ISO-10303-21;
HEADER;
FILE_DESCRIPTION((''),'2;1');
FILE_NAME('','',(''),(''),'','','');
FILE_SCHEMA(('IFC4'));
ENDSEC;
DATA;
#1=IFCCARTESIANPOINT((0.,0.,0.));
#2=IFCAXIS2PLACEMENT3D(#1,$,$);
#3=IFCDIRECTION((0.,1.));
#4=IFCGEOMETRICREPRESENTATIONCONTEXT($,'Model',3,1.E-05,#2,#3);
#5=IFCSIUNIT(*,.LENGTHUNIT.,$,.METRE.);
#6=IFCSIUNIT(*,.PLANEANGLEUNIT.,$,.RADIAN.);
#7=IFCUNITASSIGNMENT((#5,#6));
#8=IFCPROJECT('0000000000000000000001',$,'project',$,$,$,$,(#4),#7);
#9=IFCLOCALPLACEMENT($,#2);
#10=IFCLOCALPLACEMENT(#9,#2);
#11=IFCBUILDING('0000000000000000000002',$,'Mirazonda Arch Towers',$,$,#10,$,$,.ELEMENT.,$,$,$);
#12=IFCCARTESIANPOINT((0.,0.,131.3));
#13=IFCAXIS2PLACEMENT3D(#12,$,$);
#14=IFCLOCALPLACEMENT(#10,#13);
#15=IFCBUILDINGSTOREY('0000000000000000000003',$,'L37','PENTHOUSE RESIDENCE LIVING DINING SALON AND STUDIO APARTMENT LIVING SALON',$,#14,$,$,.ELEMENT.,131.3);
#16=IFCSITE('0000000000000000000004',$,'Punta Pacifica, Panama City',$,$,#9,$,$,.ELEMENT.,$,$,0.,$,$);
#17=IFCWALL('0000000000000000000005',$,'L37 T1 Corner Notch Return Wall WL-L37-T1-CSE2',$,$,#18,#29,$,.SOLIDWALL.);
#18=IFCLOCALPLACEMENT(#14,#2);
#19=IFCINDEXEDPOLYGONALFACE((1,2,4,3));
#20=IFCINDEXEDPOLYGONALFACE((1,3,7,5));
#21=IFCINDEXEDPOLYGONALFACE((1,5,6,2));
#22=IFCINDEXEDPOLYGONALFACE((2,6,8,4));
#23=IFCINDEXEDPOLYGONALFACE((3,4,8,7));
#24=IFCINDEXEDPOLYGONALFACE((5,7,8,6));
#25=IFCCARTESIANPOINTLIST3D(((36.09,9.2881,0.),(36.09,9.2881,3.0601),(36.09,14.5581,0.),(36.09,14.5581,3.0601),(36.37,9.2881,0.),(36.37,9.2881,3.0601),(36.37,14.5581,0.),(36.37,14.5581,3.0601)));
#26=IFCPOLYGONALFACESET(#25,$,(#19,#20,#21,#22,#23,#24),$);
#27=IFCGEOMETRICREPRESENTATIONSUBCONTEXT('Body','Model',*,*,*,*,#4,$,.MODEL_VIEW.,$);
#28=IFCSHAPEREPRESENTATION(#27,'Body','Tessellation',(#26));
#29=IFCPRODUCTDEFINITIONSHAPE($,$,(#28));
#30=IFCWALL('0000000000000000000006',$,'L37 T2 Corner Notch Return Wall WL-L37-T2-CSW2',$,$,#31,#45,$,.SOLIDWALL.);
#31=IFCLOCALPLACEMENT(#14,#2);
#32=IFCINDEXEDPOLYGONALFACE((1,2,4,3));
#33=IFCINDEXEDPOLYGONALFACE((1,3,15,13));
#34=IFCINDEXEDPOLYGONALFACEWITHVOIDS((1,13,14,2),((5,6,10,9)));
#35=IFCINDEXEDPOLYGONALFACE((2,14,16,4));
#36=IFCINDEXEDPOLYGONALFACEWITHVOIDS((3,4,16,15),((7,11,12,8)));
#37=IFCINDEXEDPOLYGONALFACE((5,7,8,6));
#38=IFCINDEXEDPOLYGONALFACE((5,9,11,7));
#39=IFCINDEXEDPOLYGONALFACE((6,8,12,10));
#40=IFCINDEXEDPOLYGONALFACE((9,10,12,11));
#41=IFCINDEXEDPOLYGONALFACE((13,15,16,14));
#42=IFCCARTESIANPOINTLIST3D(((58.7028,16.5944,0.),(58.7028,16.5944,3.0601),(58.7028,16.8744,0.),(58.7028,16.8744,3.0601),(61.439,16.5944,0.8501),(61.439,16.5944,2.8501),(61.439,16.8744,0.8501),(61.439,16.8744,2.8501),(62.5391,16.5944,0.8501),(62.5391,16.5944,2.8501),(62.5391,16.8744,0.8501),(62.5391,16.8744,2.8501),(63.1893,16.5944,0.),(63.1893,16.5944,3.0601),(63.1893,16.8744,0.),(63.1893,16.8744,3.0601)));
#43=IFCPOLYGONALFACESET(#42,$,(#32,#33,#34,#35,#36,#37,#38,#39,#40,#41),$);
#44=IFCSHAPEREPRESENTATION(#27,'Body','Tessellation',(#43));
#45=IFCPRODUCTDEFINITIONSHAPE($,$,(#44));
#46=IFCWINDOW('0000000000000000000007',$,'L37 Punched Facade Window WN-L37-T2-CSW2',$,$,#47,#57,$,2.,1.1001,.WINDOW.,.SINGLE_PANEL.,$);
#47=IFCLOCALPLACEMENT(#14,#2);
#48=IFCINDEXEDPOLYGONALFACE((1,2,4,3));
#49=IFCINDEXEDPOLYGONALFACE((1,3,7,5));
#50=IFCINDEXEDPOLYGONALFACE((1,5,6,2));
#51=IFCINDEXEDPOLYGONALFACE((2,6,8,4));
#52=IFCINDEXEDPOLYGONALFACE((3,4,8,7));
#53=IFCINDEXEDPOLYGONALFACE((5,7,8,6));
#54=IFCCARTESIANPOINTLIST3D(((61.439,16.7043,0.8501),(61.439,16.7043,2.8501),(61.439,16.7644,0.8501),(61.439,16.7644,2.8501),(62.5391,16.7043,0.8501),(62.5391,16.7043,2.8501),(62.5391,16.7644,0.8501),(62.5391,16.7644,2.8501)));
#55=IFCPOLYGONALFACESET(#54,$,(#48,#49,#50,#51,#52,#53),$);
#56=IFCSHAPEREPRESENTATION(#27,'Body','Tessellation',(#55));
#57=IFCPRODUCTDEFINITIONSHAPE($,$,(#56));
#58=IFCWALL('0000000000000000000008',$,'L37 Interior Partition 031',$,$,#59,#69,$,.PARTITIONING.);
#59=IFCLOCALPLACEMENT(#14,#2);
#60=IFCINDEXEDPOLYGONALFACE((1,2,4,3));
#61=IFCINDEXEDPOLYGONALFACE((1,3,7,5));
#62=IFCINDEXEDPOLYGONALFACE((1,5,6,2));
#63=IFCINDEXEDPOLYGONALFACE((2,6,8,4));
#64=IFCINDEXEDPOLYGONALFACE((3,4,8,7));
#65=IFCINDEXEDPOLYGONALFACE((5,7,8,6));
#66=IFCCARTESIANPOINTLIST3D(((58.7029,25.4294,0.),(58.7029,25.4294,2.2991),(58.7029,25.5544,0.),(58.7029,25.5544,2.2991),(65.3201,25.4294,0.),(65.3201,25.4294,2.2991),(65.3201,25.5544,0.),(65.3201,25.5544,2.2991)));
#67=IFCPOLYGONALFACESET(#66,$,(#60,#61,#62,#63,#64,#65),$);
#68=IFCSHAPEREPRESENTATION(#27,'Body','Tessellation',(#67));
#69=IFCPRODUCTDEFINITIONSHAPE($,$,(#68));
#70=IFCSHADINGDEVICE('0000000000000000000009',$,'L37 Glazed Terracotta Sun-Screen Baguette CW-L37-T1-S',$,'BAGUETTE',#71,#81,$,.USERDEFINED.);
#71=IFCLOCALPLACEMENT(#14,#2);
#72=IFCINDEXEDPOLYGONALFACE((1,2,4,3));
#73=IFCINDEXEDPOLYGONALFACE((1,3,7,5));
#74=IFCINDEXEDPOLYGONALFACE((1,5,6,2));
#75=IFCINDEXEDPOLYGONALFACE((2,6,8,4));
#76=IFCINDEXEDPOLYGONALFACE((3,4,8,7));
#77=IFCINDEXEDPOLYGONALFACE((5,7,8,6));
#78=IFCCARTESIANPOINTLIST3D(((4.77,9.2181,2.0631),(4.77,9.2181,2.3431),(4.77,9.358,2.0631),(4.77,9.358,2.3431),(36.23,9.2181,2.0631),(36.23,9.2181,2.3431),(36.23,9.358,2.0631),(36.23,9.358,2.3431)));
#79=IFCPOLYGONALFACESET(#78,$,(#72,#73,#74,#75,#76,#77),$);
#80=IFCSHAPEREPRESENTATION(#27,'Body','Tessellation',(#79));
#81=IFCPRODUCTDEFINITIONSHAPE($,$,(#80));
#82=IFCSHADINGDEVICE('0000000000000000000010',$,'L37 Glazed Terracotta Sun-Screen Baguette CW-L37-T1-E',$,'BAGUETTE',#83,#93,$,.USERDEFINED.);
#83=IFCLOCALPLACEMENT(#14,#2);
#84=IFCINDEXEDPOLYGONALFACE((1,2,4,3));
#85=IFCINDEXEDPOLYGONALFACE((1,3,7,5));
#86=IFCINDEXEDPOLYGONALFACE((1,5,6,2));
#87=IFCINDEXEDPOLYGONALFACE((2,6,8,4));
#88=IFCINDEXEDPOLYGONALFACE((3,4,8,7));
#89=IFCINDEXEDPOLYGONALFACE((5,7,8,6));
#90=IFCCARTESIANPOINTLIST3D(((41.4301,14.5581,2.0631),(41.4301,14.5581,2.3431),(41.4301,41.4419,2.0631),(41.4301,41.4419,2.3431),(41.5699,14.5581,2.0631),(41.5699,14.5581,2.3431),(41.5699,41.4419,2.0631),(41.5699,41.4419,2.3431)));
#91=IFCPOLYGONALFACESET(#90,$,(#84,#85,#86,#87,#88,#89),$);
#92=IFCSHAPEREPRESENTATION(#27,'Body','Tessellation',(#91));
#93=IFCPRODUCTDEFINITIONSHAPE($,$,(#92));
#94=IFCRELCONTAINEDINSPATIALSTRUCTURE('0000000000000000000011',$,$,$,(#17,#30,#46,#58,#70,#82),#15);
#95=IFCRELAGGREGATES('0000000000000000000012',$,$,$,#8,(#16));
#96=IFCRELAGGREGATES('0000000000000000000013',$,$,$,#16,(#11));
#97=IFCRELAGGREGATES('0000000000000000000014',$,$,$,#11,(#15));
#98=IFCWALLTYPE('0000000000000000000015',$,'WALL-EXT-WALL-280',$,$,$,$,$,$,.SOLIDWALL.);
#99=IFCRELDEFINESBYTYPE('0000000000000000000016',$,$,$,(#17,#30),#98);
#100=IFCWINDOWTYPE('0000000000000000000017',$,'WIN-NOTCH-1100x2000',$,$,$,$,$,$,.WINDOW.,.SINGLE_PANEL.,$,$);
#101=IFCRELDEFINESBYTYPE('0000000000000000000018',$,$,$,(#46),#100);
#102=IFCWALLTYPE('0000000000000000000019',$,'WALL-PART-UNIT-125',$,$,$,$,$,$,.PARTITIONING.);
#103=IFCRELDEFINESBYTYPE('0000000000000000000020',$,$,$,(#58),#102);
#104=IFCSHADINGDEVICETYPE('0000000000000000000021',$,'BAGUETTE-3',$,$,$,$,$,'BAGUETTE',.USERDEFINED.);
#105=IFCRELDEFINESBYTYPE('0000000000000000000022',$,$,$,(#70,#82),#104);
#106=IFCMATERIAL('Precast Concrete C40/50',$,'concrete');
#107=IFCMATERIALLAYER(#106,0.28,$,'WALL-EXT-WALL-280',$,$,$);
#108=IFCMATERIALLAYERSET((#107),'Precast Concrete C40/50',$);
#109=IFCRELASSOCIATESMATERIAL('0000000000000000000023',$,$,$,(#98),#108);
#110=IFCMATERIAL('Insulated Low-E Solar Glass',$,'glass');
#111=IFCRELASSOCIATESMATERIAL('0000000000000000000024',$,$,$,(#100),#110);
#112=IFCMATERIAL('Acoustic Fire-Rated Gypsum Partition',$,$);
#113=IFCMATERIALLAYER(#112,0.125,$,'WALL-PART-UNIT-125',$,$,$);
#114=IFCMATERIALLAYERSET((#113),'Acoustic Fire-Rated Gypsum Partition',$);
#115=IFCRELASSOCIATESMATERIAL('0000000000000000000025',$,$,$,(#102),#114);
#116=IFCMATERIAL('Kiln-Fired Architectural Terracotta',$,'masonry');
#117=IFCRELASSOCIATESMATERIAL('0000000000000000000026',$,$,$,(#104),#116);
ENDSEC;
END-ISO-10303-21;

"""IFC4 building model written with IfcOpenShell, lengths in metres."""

from ifc_helpers import new_model, si_unit, direction, frame, frame_2d, origin, origin_2d, place, context, subcontext, project, spatial, rectangle, extrude, material, layer, layer_set, material_profile, profile_set, type_object, element, fill, save


model = new_model("IFC4")

# Units and contexts
model_context = context("Model", 3, precision=1e-05, world=origin(), true_north=direction((0.0, 1.0)))
body_context = subcontext(model_context, "Body", "Model", "MODEL_VIEW")
ifc_project = project(units=[si_unit("LENGTHUNIT", "METRE"), si_unit("PLANEANGLEUNIT", "RADIAN")], contexts=[model_context])

# Site, building, storey
site_placement = place(None, origin())
site = spatial("IfcSite", under=ifc_project, at=site_placement, Name="Punta Pacifica, Panama City", CompositionType="ELEMENT", RefElevation=0.0)
building_placement = place(site_placement, origin())
building = spatial("IfcBuilding", under=site, at=building_placement, Name="Mirazonda Arch Towers", CompositionType="ELEMENT")
storey_placement = place(building_placement, frame((0.0, 0.0, 131.3)))
storey = spatial("IfcBuildingStorey", under=building, at=storey_placement, Name="L37", Description="PENTHOUSE RESIDENCE LIVING DINING SALON AND STUDIO APARTMENT LIVING SALON", CompositionType="ELEMENT", Elevation=131.3)

# Shared definitions
ifc_material_1 = material(Name="Insulated Low-E Solar Glass", Category="glass")

# Shared definitions
ifc_material_2 = material(Name="Precast Concrete C40/50", Category="concrete")
ifc_layer_1 = layer(ifc_material_2, 0.28, Name="WALL-EXT-WALL-280")
ifc_layer_set_1 = layer_set([ifc_layer_1], Name="Precast Concrete C40/50")
wall_type_1 = type_object("IfcWallType", Name="WALL-EXT-WALL-280", PredefinedType="SOLIDWALL", material=ifc_layer_set_1)
window_type = type_object("IfcWindowType", Name="WIN-NOTCH-1100x2000", PartitioningType="SINGLE_PANEL", PredefinedType="WINDOW", material=ifc_material_1)

# Wall
wall_1_placement = place(storey_placement, frame((36.23, 9.2881, 0.0), z_axis=(0.0, 0.0, 1.0), x_axis=(0.0, 1.0, 0.0)))
element("IfcWall", 1, at=wall_1_placement, inside=storey, type_object=wall_type_1, Name="L37 T1 Corner Notch Return Wall WL-L37-T1-CSE2", PredefinedType="SOLIDWALL", context=body_context, shape_type="SweptSolid", body=[
    extrude(rectangle(XDim=5.27, YDim=0.28, at=frame_2d((2.635, 0.0))), origin(), (0.0, 0.0, 1.0), 3.0601),
])

# Wall, opening, window
wall_2_placement = place(storey_placement, frame((58.7029, 16.7344, 0.0), z_axis=(0.0, 0.0, 1.0), x_axis=(1.0, 0.0, 0.0)))
wall_2 = element("IfcWall", 2, at=wall_2_placement, inside=storey, type_object=wall_type_1, Name="L37 T2 Corner Notch Return Wall WL-L37-T2-CSW2", PredefinedType="SOLIDWALL", context=body_context, shape_type="SweptSolid", body=[
    extrude(rectangle(XDim=4.4866, YDim=0.28, at=frame_2d((2.2432, 0.0))), origin(), (0.0, 0.0, 1.0), 3.0601),
])
opening_1_placement = place(wall_2_placement, frame((2.7361, 0.0, 0.8501)))
opening_1 = element("IfcOpeningElement", 3, at=opening_1_placement, cuts=wall_2, PredefinedType="OPENING", context=body_context, shape_type="SweptSolid", body=[
    extrude(rectangle(XDim=1.1001, YDim=2.0, at=frame_2d((0.55, 1.0))), frame((0.0, 0.1499, 0.0), z_axis=(0.0, -1.0, 0.0), x_axis=(1.0, 0.0, 0.0)), (0.0, 0.0, 1.0), 0.3),
])
window_1_placement = place(opening_1_placement, origin())
window_1 = element("IfcWindow", 4, at=window_1_placement, inside=storey, type_object=window_type, Name="L37 Punched Facade Window WN-L37-T2-CSW2", OverallHeight=2.0, OverallWidth=1.1001, PartitioningType="SINGLE_PANEL", PredefinedType="WINDOW", context=body_context, shape_type="SweptSolid", body=[
    extrude(rectangle(XDim=1.1001, YDim=2.0, at=frame_2d((0.55, 1.0))), frame((0.0, 0.03, 0.0), z_axis=(0.0, -1.0, 0.0), x_axis=(1.0, 0.0, 0.0)), (0.0, 0.0, 1.0), 0.0601),
])
fill(opening_1, window_1)

# Wall
ifc_material_3 = material(Name="Acoustic Fire-Rated Gypsum Partition")
ifc_layer_2 = layer(ifc_material_3, 0.125, Name="WALL-PART-UNIT-125")
ifc_layer_set_2 = layer_set([ifc_layer_2], Name="Acoustic Fire-Rated Gypsum Partition")
wall_type_2 = type_object("IfcWallType", Name="WALL-PART-UNIT-125", PredefinedType="PARTITIONING", material=ifc_layer_set_2)
wall_3_placement = place(storey_placement, frame((58.7029, 25.4919, 0.0), z_axis=(0.0, 0.0, 1.0), x_axis=(1.0, 0.0, 0.0)))
element("IfcWall", 5, at=wall_3_placement, inside=storey, type_object=wall_type_2, Name="L37 Interior Partition 031", PredefinedType="PARTITIONING", context=body_context, shape_type="SweptSolid", body=[
    extrude(rectangle(XDim=6.6172, YDim=0.125, at=frame_2d((3.3086, 0.0))), origin(), (0.0, 0.0, 1.0), 2.2991),
])

# Shading devices
ifc_material_4 = material(Name="Kiln-Fired Architectural Terracotta", Category="masonry")
ifc_material_profile_1 = material_profile(ifc_material_4, rectangle(XDim=0.1399, YDim=0.28, at=origin_2d()), Name="TERRA-BAG-140x280")
ifc_profile_set_1 = profile_set([ifc_material_profile_1], Name="Kiln-Fired Architectural Terracotta")
shading_device_type = type_object("IfcShadingDeviceType", Name="BAGUETTE-3", ElementType="BAGUETTE", PredefinedType="USERDEFINED", material=ifc_profile_set_1)
shading_device_1_placement = place(storey_placement, frame((36.23, 9.2881, 2.2031), z_axis=(-1.0, 0.0, 0.0), x_axis=(0.0, -1.0, 0.0)))
element("IfcShadingDevice", 6, at=shading_device_1_placement, inside=storey, type_object=shading_device_type, Name="L37 Glazed Terracotta Sun-Screen Baguette CW-L37-T1-S", ObjectType="BAGUETTE", PredefinedType="USERDEFINED", context=body_context, shape_type="SweptSolid", body=[
    extrude(rectangle(XDim=0.1399, YDim=0.28, at=origin_2d()), origin(), (0.0, 0.0, 1.0), 31.46),
])
shading_device_2_placement = place(storey_placement, frame((41.5, 14.5581, 2.2031), z_axis=(0.0, 1.0, 0.0), x_axis=(-1.0, 0.0, 0.0)))
element("IfcShadingDevice", 7, at=shading_device_2_placement, inside=storey, type_object=shading_device_type, Name="L37 Glazed Terracotta Sun-Screen Baguette CW-L37-T1-E", ObjectType="BAGUETTE", PredefinedType="USERDEFINED", context=body_context, shape_type="SweptSolid", body=[
    extrude(rectangle(XDim=0.1399, YDim=0.28, at=origin_2d()), origin(), (0.0, 0.0, 1.0), 26.8838),
])

save(model, "model.ifc")
